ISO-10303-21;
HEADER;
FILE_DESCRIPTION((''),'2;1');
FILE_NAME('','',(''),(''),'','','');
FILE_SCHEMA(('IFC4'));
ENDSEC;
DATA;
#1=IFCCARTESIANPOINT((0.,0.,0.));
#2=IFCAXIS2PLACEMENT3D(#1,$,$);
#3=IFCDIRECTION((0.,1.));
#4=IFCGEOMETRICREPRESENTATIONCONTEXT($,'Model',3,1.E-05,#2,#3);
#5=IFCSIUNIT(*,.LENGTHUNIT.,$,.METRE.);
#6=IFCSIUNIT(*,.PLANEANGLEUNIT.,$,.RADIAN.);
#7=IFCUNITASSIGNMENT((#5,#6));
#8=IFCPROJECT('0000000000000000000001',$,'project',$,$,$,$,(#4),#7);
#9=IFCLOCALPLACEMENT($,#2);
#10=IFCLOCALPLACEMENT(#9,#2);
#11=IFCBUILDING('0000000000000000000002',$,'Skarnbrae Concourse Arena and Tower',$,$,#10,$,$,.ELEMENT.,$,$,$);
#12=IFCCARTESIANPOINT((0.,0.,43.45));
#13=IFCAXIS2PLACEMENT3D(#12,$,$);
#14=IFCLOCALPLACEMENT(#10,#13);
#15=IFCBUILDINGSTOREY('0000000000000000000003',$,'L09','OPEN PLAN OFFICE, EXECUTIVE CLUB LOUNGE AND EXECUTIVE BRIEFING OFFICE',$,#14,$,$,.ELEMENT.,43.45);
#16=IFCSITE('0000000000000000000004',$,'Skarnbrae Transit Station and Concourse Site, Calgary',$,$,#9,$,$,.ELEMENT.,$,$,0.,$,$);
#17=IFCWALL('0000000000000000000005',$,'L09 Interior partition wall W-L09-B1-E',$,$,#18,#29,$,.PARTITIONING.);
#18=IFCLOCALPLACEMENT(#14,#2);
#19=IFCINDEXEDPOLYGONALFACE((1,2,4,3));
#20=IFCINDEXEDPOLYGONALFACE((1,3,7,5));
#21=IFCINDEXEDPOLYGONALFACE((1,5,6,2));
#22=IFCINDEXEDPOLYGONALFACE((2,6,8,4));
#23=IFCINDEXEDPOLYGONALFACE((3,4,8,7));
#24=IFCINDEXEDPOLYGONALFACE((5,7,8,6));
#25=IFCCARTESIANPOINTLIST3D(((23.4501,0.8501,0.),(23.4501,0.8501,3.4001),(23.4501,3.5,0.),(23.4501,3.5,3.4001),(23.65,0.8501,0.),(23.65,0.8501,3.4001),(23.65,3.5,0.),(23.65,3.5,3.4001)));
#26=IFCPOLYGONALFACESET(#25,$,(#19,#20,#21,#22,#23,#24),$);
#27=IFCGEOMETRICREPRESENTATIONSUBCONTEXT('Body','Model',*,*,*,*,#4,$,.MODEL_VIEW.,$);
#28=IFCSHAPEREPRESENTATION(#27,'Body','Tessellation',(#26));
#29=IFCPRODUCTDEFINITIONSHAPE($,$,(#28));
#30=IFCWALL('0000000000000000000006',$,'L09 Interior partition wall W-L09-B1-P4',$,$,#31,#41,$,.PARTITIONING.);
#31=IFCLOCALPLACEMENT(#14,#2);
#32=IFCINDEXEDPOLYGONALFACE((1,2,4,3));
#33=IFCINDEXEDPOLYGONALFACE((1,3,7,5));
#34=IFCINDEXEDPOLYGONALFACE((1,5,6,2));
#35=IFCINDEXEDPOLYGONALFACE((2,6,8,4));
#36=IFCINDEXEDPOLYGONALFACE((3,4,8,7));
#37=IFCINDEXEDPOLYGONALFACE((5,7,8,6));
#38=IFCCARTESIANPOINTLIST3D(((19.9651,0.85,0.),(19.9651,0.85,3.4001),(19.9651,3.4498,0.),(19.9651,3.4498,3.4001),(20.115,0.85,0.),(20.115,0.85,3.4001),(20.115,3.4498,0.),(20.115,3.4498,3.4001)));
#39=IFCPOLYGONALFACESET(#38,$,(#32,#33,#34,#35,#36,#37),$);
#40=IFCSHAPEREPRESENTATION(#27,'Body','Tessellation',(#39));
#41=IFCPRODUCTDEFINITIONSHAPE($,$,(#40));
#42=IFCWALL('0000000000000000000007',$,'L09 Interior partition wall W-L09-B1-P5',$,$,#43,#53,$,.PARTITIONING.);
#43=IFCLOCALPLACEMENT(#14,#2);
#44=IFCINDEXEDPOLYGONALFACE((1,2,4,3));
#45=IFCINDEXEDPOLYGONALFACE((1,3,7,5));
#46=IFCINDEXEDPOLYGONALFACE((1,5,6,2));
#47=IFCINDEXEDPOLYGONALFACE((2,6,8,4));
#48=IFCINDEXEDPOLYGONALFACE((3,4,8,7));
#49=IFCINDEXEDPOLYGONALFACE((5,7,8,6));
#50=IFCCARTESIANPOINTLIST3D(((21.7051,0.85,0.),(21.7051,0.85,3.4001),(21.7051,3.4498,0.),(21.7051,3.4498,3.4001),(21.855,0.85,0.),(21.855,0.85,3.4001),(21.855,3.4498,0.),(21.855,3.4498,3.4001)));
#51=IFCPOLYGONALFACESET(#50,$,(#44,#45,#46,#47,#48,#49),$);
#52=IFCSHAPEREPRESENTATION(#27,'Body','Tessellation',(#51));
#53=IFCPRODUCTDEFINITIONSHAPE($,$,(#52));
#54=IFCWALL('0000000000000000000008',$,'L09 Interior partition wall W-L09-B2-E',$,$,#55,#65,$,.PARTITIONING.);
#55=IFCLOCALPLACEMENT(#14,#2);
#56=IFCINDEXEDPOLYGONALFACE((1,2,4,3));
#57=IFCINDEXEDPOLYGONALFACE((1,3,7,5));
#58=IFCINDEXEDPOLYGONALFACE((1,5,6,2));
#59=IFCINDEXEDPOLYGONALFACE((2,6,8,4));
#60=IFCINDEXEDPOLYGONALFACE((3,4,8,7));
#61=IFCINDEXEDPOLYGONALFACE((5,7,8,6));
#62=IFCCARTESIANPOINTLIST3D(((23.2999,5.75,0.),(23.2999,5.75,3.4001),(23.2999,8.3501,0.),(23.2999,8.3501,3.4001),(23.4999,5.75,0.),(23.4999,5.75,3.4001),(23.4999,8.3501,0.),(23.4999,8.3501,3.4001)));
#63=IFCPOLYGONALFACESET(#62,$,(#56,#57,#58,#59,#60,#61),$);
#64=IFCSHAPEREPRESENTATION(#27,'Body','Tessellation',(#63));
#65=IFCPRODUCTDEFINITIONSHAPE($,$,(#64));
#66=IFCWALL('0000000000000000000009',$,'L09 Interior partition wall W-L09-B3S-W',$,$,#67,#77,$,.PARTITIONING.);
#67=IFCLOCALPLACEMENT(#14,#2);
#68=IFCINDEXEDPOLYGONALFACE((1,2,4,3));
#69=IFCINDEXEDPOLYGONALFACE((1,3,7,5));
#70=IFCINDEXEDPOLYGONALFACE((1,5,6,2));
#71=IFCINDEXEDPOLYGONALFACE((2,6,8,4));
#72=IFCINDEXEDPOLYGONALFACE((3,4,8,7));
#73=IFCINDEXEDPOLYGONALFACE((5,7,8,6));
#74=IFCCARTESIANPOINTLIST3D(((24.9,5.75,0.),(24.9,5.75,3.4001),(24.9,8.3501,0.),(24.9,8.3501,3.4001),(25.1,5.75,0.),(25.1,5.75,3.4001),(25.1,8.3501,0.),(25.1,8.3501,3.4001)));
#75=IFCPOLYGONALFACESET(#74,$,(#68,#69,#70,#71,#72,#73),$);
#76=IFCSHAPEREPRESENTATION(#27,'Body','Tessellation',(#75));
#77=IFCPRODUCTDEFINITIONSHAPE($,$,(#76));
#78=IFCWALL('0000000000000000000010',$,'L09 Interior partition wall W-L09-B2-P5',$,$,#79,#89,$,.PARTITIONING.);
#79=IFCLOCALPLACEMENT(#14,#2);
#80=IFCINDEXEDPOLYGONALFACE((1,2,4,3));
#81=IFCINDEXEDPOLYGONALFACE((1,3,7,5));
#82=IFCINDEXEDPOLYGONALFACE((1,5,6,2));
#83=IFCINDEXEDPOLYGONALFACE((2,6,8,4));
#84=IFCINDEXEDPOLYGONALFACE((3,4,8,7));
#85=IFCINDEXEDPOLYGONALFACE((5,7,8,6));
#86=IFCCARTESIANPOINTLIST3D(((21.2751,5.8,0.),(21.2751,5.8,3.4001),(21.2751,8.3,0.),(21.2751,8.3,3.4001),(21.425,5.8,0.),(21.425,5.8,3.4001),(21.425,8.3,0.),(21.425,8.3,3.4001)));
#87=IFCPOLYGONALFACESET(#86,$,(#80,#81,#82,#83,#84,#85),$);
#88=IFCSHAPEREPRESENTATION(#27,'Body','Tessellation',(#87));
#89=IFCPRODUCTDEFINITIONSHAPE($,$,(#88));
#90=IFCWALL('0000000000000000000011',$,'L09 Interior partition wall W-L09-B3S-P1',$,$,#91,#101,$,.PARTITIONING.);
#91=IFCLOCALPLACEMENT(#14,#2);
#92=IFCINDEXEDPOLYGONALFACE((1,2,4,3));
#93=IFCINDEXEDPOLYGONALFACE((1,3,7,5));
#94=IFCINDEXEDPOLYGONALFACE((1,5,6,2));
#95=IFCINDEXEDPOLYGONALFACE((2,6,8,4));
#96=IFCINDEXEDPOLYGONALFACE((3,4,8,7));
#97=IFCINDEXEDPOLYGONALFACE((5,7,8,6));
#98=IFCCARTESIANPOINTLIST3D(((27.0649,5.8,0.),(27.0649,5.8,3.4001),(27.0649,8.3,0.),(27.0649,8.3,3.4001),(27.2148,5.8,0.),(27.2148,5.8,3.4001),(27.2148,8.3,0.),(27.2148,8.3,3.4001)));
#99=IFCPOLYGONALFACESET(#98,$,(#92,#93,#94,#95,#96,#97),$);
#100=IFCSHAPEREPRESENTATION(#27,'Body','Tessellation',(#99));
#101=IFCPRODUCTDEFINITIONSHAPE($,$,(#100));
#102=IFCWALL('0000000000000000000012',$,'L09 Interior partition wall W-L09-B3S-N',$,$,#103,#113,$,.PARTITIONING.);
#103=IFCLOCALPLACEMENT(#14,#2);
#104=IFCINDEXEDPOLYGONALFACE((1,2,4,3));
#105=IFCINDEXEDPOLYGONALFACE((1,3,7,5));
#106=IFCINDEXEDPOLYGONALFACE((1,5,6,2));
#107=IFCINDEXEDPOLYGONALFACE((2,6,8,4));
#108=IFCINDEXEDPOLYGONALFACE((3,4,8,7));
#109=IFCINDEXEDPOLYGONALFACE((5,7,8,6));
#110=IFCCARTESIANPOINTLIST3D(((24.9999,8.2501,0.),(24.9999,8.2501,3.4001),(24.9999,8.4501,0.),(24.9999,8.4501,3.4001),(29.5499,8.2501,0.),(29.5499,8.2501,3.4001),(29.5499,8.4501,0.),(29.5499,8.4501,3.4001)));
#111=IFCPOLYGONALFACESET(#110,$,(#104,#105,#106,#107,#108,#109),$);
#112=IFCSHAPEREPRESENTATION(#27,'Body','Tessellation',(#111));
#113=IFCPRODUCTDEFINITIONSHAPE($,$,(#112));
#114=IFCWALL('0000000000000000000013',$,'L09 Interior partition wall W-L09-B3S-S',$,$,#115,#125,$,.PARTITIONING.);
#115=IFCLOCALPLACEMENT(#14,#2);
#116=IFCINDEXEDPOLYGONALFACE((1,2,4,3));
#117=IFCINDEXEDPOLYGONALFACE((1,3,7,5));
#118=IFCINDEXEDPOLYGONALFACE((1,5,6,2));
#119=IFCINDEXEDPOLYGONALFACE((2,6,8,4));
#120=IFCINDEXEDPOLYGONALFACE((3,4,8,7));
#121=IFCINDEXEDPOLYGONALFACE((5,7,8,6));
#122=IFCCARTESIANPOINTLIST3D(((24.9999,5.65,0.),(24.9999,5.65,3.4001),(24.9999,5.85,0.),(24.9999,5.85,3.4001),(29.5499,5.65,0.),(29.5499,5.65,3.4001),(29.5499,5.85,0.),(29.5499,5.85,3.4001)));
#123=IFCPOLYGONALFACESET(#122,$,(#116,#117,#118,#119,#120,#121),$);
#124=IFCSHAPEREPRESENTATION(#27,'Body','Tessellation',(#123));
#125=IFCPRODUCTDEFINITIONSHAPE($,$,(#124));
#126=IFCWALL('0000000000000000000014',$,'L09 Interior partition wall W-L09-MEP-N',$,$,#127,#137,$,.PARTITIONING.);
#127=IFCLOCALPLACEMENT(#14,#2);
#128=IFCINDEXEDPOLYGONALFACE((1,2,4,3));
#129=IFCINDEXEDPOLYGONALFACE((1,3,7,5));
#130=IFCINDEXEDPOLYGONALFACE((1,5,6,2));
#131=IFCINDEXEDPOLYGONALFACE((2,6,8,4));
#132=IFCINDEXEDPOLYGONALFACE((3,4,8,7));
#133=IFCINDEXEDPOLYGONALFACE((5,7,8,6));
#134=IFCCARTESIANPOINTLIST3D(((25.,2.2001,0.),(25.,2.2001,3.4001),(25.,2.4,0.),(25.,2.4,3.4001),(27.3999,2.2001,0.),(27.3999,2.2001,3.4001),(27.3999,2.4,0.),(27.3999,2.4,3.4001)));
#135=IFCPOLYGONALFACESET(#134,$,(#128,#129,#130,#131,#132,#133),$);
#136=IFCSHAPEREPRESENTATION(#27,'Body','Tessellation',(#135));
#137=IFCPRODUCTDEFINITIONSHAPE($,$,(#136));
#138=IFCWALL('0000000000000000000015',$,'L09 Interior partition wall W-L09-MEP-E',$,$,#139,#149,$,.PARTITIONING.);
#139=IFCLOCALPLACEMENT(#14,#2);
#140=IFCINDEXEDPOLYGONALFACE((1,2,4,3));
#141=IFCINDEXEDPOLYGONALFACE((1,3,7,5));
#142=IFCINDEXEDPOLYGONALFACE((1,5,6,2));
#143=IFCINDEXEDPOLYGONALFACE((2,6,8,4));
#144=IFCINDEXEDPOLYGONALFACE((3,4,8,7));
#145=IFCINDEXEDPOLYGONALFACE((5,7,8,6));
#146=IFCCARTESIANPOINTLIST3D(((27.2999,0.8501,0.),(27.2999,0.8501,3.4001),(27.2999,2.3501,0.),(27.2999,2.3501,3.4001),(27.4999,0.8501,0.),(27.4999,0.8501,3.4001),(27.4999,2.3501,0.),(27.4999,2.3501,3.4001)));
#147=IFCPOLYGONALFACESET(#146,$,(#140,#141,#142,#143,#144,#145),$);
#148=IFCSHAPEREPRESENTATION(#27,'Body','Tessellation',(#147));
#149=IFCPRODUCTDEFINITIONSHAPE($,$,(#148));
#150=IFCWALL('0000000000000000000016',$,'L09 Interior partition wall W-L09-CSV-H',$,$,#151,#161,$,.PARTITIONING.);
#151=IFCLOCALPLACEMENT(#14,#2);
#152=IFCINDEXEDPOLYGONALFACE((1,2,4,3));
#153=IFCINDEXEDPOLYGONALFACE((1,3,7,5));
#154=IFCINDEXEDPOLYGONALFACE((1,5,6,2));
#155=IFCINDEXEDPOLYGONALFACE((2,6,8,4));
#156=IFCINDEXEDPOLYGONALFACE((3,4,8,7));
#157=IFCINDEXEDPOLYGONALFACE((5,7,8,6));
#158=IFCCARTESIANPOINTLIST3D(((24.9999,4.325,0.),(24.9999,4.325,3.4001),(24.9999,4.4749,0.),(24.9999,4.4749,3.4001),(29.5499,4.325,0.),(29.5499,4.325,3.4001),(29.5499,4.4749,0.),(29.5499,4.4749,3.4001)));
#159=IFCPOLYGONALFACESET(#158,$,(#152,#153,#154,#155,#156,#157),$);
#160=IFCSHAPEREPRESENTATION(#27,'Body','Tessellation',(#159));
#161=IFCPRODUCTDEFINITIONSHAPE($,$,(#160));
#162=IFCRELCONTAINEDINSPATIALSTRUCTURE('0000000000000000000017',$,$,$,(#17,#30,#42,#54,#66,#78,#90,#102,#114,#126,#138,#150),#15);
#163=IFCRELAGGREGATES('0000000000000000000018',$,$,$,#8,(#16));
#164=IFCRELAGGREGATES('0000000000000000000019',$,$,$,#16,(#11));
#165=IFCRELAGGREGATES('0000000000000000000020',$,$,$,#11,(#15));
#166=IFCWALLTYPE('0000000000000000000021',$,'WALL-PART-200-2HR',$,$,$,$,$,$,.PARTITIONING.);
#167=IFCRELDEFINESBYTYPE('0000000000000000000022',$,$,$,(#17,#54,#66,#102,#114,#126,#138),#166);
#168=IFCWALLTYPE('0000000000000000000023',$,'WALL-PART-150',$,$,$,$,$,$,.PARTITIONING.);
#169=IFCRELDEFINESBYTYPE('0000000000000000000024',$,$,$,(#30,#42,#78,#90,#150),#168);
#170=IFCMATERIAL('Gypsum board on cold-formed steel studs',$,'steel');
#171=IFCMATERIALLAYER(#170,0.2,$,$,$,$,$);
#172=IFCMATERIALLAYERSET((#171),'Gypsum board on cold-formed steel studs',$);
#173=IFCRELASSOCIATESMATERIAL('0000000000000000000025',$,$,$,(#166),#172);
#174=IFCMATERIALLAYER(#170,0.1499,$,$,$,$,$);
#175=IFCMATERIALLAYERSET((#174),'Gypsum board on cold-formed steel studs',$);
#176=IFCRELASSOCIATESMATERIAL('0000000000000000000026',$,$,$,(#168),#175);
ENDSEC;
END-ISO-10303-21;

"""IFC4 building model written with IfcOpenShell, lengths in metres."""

from ifc_helpers import new_model, si_unit, direction, frame, frame_2d, origin, place, context, subcontext, project, spatial, rectangle, extrude, source, transform, mapped, material, layer, layer_set, type_object, element, save


model = new_model("IFC4")

# Units and contexts
model_context = context("Model", 3, precision=1e-05, world=origin(), true_north=direction((0.0, 1.0)))
body_context = subcontext(model_context, "Body", "Model", "MODEL_VIEW")
ifc_project = project(units=[si_unit("LENGTHUNIT", "METRE"), si_unit("PLANEANGLEUNIT", "RADIAN")], contexts=[model_context])

# Site, building, storey
site_placement = place(None, origin())
site = spatial("IfcSite", under=ifc_project, at=site_placement, Name="Skarnbrae Transit Station and Concourse Site, Calgary", CompositionType="ELEMENT", RefElevation=0.0)
building_placement = place(site_placement, origin())
building = spatial("IfcBuilding", under=site, at=building_placement, Name="Skarnbrae Concourse Arena and Tower", CompositionType="ELEMENT")
storey_placement = place(building_placement, frame((0.0, 0.0, 43.45)))
storey = spatial("IfcBuildingStorey", under=building, at=storey_placement, Name="L09", Description="OPEN PLAN OFFICE, EXECUTIVE CLUB LOUNGE AND EXECUTIVE BRIEFING OFFICE", CompositionType="ELEMENT", Elevation=43.45)

# Walls
ifc_material_1 = material(Name="Gypsum board on cold-formed steel studs", Category="steel")
ifc_layer_1 = layer(ifc_material_1, 0.2)
ifc_layer_set_1 = layer_set([ifc_layer_1], Name="Gypsum board on cold-formed steel studs")
wall_type_1 = type_object("IfcWallType", Name="WALL-PART-200-2HR", PredefinedType="PARTITIONING", material=ifc_layer_set_1)
shared_shape_1 = source(origin(), body_context, "Body", "SweptSolid", [
    extrude(rectangle(XDim=2.6499, YDim=0.2, at=frame_2d((1.325, 0.0))), origin(), (0.0, 0.0, 1.0), 3.4001),
])
wall_1_placement = place(storey_placement, frame((23.55, 0.8501, 0.0), z_axis=(0.0, 0.0, 1.0), x_axis=(0.0, 1.0, 0.0)))
element("IfcWall", 1, at=wall_1_placement, inside=storey, type_object=wall_type_1, Name="L09 Interior partition wall W-L09-B1-E", PredefinedType="PARTITIONING", context=body_context, shape_type="MappedRepresentation", body=[
    mapped(shared_shape_1, transform((0.0, 0.0, 0.0))),
])
ifc_layer_2 = layer(ifc_material_1, 0.1499)
ifc_layer_set_2 = layer_set([ifc_layer_2], Name="Gypsum board on cold-formed steel studs")
wall_type_2 = type_object("IfcWallType", Name="WALL-PART-150", PredefinedType="PARTITIONING", material=ifc_layer_set_2)
shared_shape_2 = source(origin(), body_context, "Body", "SweptSolid", [
    extrude(rectangle(XDim=2.5999, YDim=0.1499, at=frame_2d((1.2998, 0.0))), origin(), (0.0, 0.0, 1.0), 3.4001),
])
for number, where, z_axis, x_axis, name in (
    (2, (20.04, 0.8501, 0.0), (0.0, 0.0, 1.0), (0.0, 1.0, 0.0), "L09 Interior partition wall W-L09-B1-P4"),
    (3, (21.78, 0.8501, 0.0), (0.0, 0.0, 1.0), (0.0, 1.0, 0.0), "L09 Interior partition wall W-L09-B1-P5"),
):
    element("IfcWall", number, at=place(storey_placement, frame(where, z_axis=z_axis, x_axis=x_axis)), inside=storey, type_object=wall_type_2, Name=name, PredefinedType="PARTITIONING", context=body_context, shape_type="MappedRepresentation", body=[
        mapped(shared_shape_2, transform((0.0, 0.0, 0.0))),
    ])
shared_shape_3 = source(origin(), body_context, "Body", "SweptSolid", [
    extrude(rectangle(XDim=2.6001, YDim=0.2, at=frame_2d((1.3, 0.0))), origin(), (0.0, 0.0, 1.0), 3.4001),
])
for number, where, z_axis, x_axis, name in (
    (4, (23.3999, 5.75, 0.0), (0.0, 0.0, 1.0), (0.0, 1.0, 0.0), "L09 Interior partition wall W-L09-B2-E"),
    (5, (25.0, 5.75, 0.0), (0.0, 0.0, 1.0), (0.0, 1.0, 0.0), "L09 Interior partition wall W-L09-B3S-W"),
):
    element("IfcWall", number, at=place(storey_placement, frame(where, z_axis=z_axis, x_axis=x_axis)), inside=storey, type_object=wall_type_1, Name=name, PredefinedType="PARTITIONING", context=body_context, shape_type="MappedRepresentation", body=[
        mapped(shared_shape_3, transform((0.0, 0.0, 0.0))),
    ])
shared_shape_4 = source(origin(), body_context, "Body", "SweptSolid", [
    extrude(rectangle(XDim=2.5, YDim=0.1499, at=frame_2d((1.25, 0.0))), origin(), (0.0, 0.0, 1.0), 3.4001),
])
for number, where, z_axis, x_axis, name in (
    (6, (21.3501, 5.8, 0.0), (0.0, 0.0, 1.0), (0.0, 1.0, 0.0), "L09 Interior partition wall W-L09-B2-P5"),
    (7, (27.1399, 5.8, 0.0), (0.0, 0.0, 1.0), (0.0, 1.0, 0.0), "L09 Interior partition wall W-L09-B3S-P1"),
):
    element("IfcWall", number, at=place(storey_placement, frame(where, z_axis=z_axis, x_axis=x_axis)), inside=storey, type_object=wall_type_2, Name=name, PredefinedType="PARTITIONING", context=body_context, shape_type="MappedRepresentation", body=[
        mapped(shared_shape_4, transform((0.0, 0.0, 0.0))),
    ])
shared_shape_5 = source(origin(), body_context, "Body", "SweptSolid", [
    extrude(rectangle(XDim=4.55, YDim=0.2, at=frame_2d((2.2749, 0.0))), origin(), (0.0, 0.0, 1.0), 3.4001),
])
for number, where, z_axis, x_axis, name in (
    (8, (25.0, 8.3501, 0.0), (0.0, 0.0, 1.0), (1.0, 0.0, 0.0), "L09 Interior partition wall W-L09-B3S-N"),
    (9, (25.0, 5.75, 0.0), (0.0, 0.0, 1.0), (1.0, 0.0, 0.0), "L09 Interior partition wall W-L09-B3S-S"),
):
    element("IfcWall", number, at=place(storey_placement, frame(where, z_axis=z_axis, x_axis=x_axis)), inside=storey, type_object=wall_type_1, Name=name, PredefinedType="PARTITIONING", context=body_context, shape_type="MappedRepresentation", body=[
        mapped(shared_shape_5, transform((0.0, 0.0, 0.0))),
    ])

# Walls
shared_shape_6 = source(origin(), body_context, "Body", "SweptSolid", [
    extrude(rectangle(XDim=2.3999, YDim=0.2, at=frame_2d((1.2, 0.0))), origin(), (0.0, 0.0, 1.0), 3.4001),
])
wall_2_placement = place(storey_placement, frame((25.0, 2.3, 0.0), z_axis=(0.0, 0.0, 1.0), x_axis=(1.0, 0.0, 0.0)))
element("IfcWall", 10, at=wall_2_placement, inside=storey, type_object=wall_type_1, Name="L09 Interior partition wall W-L09-MEP-N", PredefinedType="PARTITIONING", context=body_context, shape_type="MappedRepresentation", body=[
    mapped(shared_shape_6, transform((0.0, 0.0, 0.0))),
])
shared_shape_7 = source(origin(), body_context, "Body", "SweptSolid", [
    extrude(rectangle(XDim=1.5, YDim=0.2, at=frame_2d((0.75, 0.0))), origin(), (0.0, 0.0, 1.0), 3.4001),
])
wall_3_placement = place(storey_placement, frame((27.3999, 0.8501, 0.0), z_axis=(0.0, 0.0, 1.0), x_axis=(0.0, 1.0, 0.0)))
element("IfcWall", 11, at=wall_3_placement, inside=storey, type_object=wall_type_1, Name="L09 Interior partition wall W-L09-MEP-E", PredefinedType="PARTITIONING", context=body_context, shape_type="MappedRepresentation", body=[
    mapped(shared_shape_7, transform((0.0, 0.0, 0.0))),
])
shared_shape_8 = source(origin(), body_context, "Body", "SweptSolid", [
    extrude(rectangle(XDim=4.55, YDim=0.1499, at=frame_2d((2.2749, 0.0))), origin(), (0.0, 0.0, 1.0), 3.4001),
])
wall_4_placement = place(storey_placement, frame((25.0, 4.3999, 0.0), z_axis=(0.0, 0.0, 1.0), x_axis=(1.0, 0.0, 0.0)))
element("IfcWall", 12, at=wall_4_placement, inside=storey, type_object=wall_type_2, Name="L09 Interior partition wall W-L09-CSV-H", PredefinedType="PARTITIONING", context=body_context, shape_type="MappedRepresentation", body=[
    mapped(shared_shape_8, transform((0.0, 0.0, 0.0))),
])

save(model, "model.ifc")
